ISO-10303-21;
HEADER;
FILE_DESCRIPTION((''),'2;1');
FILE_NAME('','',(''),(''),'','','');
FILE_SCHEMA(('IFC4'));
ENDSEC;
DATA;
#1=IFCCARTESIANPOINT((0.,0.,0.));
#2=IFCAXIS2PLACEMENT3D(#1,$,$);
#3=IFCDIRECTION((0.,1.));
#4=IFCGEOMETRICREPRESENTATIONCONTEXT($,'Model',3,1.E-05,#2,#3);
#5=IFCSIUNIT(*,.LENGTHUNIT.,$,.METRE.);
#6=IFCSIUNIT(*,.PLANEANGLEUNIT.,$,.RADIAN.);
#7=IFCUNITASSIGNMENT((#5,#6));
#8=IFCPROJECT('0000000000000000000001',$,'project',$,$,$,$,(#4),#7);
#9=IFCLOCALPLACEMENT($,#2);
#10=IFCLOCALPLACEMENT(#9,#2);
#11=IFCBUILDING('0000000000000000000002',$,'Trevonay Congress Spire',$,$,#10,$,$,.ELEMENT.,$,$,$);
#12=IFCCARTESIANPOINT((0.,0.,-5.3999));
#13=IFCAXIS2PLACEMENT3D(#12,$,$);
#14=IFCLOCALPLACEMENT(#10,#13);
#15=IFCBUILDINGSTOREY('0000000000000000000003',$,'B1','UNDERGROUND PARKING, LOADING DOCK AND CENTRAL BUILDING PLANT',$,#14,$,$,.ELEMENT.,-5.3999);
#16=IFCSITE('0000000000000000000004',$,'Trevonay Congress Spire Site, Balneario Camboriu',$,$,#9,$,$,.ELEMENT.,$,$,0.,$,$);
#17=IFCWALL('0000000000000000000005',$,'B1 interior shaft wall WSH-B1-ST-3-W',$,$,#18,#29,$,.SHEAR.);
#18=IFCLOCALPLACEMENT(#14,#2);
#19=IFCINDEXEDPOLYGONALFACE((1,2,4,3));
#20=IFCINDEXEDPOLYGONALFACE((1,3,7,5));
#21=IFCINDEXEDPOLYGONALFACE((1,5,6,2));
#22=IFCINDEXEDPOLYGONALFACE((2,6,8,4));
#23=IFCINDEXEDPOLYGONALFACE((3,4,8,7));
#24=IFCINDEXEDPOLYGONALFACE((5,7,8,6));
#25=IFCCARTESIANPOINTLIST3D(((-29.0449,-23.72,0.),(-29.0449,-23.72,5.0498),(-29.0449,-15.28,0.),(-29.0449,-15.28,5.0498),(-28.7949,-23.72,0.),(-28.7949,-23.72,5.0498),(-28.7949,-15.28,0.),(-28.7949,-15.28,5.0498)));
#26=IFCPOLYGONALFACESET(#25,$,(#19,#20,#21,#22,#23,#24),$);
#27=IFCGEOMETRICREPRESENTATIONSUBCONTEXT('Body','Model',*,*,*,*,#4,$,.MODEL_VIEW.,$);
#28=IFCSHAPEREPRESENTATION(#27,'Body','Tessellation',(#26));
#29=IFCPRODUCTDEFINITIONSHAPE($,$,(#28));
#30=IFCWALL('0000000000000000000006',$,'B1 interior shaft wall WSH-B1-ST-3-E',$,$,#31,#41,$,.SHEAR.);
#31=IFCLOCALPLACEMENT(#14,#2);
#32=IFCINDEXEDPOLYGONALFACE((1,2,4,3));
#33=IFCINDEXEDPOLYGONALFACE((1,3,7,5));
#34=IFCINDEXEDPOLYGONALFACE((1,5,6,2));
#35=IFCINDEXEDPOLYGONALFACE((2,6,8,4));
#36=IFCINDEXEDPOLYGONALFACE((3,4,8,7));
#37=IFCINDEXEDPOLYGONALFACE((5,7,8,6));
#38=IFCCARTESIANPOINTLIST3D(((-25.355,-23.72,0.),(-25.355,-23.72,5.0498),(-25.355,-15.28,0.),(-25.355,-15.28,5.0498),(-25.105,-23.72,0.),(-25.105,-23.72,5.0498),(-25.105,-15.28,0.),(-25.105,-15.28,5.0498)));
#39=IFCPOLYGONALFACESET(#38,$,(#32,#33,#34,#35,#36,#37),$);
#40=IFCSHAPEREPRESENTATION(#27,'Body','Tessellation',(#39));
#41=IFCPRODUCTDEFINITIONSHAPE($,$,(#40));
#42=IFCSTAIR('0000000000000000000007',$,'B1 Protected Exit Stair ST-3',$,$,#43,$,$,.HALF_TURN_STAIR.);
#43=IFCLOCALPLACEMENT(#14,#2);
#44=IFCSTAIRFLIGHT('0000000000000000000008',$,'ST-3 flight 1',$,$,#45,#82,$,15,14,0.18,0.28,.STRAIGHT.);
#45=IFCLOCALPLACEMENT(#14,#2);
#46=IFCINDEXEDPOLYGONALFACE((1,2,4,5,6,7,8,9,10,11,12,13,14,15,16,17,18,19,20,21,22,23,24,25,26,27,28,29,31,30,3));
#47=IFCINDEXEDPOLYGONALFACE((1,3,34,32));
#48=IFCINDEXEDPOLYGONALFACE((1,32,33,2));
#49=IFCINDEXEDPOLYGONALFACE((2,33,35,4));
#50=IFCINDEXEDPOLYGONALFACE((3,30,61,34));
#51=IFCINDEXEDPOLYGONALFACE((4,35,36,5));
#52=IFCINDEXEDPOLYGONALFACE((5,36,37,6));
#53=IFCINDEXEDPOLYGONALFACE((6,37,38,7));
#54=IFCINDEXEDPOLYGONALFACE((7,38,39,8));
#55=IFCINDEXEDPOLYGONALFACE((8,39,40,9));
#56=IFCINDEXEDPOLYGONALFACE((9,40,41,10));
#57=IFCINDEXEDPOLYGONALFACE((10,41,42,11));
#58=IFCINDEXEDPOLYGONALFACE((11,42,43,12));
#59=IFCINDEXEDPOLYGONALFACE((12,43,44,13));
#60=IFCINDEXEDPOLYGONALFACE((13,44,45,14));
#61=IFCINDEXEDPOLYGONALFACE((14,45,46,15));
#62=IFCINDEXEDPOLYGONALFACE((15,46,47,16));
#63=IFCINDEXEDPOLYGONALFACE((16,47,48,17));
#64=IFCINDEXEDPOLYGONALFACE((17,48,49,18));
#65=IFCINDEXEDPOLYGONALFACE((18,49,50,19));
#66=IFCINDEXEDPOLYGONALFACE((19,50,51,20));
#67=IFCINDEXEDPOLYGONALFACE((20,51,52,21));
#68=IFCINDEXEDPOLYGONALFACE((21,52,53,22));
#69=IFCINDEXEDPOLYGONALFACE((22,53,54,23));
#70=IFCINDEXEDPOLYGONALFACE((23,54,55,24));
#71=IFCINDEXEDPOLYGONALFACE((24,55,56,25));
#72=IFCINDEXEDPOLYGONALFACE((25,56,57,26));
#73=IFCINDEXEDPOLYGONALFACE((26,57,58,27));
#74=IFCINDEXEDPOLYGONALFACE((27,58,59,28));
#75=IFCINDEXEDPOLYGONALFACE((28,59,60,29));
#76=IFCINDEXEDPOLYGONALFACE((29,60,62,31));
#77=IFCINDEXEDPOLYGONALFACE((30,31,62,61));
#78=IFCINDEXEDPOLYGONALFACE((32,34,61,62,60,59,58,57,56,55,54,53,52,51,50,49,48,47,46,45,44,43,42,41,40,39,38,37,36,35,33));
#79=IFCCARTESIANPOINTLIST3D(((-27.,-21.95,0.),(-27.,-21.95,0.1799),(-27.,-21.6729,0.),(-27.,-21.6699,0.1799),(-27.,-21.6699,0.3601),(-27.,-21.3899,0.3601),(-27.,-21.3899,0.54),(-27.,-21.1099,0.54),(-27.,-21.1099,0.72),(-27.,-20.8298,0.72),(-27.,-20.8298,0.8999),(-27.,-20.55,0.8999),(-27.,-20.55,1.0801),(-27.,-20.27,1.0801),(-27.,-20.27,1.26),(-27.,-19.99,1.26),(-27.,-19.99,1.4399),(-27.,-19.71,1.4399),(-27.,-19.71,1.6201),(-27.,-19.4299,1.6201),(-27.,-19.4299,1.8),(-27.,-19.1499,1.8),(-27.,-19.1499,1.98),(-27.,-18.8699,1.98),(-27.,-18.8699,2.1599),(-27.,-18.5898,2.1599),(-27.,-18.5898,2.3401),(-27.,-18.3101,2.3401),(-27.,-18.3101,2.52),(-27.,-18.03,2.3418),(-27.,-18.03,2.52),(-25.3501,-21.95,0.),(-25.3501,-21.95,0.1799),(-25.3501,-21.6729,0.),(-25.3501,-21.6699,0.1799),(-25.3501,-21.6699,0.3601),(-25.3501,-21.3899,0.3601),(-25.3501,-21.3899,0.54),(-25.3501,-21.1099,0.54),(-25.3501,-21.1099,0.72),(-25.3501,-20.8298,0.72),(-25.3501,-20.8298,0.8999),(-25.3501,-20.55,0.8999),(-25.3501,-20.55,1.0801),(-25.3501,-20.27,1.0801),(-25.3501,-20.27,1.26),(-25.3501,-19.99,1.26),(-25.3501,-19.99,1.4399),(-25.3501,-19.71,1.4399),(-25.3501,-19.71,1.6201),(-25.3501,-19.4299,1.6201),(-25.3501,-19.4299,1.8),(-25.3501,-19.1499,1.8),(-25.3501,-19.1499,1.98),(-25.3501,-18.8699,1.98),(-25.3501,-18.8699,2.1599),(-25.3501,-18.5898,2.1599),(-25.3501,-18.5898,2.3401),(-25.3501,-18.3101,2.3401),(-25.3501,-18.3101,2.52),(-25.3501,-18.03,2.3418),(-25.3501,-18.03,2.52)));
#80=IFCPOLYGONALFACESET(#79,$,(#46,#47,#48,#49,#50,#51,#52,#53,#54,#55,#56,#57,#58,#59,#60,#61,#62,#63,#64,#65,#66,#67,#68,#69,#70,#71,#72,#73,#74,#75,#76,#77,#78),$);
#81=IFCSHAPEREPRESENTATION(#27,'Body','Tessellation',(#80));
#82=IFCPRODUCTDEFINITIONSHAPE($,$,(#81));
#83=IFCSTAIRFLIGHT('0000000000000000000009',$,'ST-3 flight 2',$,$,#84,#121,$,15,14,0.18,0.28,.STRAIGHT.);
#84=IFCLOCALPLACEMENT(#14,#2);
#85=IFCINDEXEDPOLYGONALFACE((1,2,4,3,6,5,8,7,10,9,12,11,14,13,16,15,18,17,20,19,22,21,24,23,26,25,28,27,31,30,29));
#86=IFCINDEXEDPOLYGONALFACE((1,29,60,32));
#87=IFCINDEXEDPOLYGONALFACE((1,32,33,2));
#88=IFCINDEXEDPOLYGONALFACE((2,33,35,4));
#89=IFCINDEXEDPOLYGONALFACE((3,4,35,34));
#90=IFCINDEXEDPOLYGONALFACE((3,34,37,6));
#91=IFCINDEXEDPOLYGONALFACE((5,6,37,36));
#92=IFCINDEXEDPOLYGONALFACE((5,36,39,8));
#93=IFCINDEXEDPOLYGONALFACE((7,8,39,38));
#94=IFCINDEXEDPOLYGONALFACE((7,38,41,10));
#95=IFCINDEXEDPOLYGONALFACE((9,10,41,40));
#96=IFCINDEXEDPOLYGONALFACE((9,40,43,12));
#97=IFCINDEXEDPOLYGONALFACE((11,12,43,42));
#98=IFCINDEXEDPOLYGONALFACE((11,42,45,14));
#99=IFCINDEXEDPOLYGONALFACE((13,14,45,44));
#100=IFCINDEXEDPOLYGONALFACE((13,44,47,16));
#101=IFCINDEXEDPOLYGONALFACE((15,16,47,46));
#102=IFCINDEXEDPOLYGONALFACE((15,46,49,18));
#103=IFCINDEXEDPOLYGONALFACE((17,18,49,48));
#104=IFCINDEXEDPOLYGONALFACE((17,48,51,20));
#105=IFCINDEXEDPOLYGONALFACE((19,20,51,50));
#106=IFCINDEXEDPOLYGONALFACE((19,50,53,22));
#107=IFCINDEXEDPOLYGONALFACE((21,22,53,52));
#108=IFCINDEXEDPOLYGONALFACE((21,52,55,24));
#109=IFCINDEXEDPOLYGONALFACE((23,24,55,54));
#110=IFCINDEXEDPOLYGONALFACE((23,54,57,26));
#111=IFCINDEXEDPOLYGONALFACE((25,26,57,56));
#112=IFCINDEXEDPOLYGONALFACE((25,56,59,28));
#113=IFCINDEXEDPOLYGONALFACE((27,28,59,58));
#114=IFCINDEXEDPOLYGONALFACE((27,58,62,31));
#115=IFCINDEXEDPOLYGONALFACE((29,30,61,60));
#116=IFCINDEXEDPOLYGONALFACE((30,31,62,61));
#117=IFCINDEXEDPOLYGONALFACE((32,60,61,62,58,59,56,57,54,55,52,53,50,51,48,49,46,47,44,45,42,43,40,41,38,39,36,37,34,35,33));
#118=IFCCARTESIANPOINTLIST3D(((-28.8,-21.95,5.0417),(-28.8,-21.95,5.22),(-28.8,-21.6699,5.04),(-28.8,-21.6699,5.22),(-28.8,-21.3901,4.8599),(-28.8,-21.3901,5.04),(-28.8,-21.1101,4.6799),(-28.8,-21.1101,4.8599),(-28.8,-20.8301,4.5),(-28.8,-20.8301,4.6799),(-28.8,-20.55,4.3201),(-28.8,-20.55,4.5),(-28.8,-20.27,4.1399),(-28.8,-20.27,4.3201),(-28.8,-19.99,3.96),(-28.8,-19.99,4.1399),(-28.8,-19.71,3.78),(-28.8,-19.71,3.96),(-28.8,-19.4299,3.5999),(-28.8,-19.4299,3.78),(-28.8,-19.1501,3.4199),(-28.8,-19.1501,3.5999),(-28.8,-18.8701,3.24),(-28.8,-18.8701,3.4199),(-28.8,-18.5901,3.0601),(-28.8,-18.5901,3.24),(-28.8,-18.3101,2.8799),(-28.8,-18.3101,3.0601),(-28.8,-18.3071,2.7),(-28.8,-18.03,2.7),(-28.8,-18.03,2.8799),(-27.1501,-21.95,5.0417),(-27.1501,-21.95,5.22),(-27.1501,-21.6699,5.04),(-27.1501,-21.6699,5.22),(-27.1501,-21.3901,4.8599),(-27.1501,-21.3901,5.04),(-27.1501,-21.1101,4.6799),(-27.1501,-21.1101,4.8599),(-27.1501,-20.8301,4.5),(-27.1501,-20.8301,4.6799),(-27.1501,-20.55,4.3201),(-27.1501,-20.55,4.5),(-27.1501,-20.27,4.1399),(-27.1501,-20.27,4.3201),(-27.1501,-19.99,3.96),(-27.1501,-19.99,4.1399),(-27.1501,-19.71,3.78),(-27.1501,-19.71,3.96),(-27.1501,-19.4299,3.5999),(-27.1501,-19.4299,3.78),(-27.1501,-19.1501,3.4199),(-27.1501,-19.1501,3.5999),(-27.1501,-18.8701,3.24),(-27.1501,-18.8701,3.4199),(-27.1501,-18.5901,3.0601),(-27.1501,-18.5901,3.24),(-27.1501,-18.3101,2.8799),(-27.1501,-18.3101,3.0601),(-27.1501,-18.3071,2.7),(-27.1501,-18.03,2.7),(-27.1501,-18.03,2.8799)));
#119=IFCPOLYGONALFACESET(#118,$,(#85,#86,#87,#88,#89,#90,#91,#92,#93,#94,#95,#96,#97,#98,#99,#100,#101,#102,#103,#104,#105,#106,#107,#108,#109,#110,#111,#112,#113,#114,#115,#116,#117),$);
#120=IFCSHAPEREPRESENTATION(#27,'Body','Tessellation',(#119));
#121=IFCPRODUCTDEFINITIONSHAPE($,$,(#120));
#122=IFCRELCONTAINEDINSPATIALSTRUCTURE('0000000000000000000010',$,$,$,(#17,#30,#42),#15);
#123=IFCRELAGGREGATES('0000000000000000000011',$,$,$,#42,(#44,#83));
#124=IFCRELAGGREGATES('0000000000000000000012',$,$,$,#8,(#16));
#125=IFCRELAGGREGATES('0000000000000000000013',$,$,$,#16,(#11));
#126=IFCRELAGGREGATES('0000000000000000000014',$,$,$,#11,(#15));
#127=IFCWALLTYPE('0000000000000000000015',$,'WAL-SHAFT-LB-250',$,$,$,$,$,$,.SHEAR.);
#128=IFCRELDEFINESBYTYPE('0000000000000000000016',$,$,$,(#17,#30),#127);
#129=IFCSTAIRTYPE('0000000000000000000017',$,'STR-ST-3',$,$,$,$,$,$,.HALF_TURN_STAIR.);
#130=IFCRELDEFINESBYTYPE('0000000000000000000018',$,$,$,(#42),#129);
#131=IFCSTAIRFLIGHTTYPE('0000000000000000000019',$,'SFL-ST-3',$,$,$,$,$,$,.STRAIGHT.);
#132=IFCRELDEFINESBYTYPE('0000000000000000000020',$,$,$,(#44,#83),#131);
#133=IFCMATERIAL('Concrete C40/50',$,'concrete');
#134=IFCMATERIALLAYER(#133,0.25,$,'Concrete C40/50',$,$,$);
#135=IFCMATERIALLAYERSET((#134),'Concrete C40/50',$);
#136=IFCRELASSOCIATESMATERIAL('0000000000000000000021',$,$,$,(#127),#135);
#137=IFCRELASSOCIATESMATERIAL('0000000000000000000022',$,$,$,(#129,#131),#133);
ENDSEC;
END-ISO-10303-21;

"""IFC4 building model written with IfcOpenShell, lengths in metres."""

from ifc_helpers import new_model, si_unit, direction, frame, frame_2d, origin, place, context, subcontext, project, spatial, polyline, rectangle, outline, extrude, material, layer, layer_set, type_object, element, aggregate, save


model = new_model("IFC4")

# Units and contexts
model_context = context("Model", 3, precision=1e-05, world=origin(), true_north=direction((0.0, 1.0)))
body_context = subcontext(model_context, "Body", "Model", "MODEL_VIEW")
ifc_project = project(units=[si_unit("LENGTHUNIT", "METRE"), si_unit("PLANEANGLEUNIT", "RADIAN")], contexts=[model_context])

# Site, building, storey
site_placement = place(None, origin())
site = spatial("IfcSite", under=ifc_project, at=site_placement, Name="Trevonay Congress Spire Site, Balneario Camboriu", CompositionType="ELEMENT", RefElevation=0.0)
building_placement = place(site_placement, origin())
building = spatial("IfcBuilding", under=site, at=building_placement, Name="Trevonay Congress Spire", CompositionType="ELEMENT")
storey_placement = place(building_placement, frame((0.0, 0.0, -5.3999)))
storey = spatial("IfcBuildingStorey", under=building, at=storey_placement, Name="B1", Description="UNDERGROUND PARKING, LOADING DOCK AND CENTRAL BUILDING PLANT", CompositionType="ELEMENT", Elevation=-5.3999)

# Shared definitions
ifc_material_1 = material(Name="Concrete C40/50", Category="concrete")
ifc_layer_1 = layer(ifc_material_1, 0.25, Name="Concrete C40/50")
ifc_layer_set_1 = layer_set([ifc_layer_1], Name="Concrete C40/50")
wall_type_1 = type_object("IfcWallType", Name="WAL-SHAFT-LB-250", PredefinedType="SHEAR", material=ifc_layer_set_1)

# Walls
for number, where, z_axis, x_axis, name in (
    (1, (-28.9199, -23.72, 0.0), (0.0, 0.0, 1.0), (0.0, 1.0, 0.0), "B1 interior shaft wall WSH-B1-ST-3-W"),
    (2, (-25.23, -23.72, 0.0), (0.0, 0.0, 1.0), (0.0, 1.0, 0.0), "B1 interior shaft wall WSH-B1-ST-3-E"),
):
    element("IfcWall", number, at=place(storey_placement, frame(where, z_axis=z_axis, x_axis=x_axis)), inside=storey, type_object=wall_type_1, Name=name, PredefinedType="SHEAR", context=body_context, shape_type="SweptSolid", body=[
        extrude(rectangle(XDim=8.4399, YDim=0.25, at=frame_2d((4.22, 0.0))), origin(), (0.0, 0.0, 1.0), 5.0498),
    ])

# Stair, stair flights
stair_type = type_object("IfcStairType", Name="STR-ST-3", PredefinedType="HALF_TURN_STAIR", material=ifc_material_1)
stair_placement = place(storey_placement, origin())
stair = element("IfcStair", 3, at=stair_placement, inside=storey, type_object=stair_type, Name="B1 Protected Exit Stair ST-3", PredefinedType="HALF_TURN_STAIR")
stair_flight_type = type_object("IfcStairFlightType", Name="SFL-ST-3", PredefinedType="STRAIGHT", material=ifc_material_1)
stair_flight_1_placement = place(storey_placement, frame((-26.175, -21.95, 0.0), z_axis=(0.0, 0.0, 1.0), x_axis=(0.0, 1.0, 0.0)))
stair_flight_1 = element("IfcStairFlight", 4, at=stair_flight_1_placement, type_object=stair_flight_type, Name="ST-3 flight 1", NumberOfRisers=15, NumberOfTreads=14, PredefinedType="STRAIGHT", RiserHeight=0.18, TreadLength=0.28, context=body_context, shape_type="SweptSolid", body=[
    extrude(outline(polyline([(0.0, 0.0), (0.0, 0.1799), (0.28, 0.1799), (0.28, 0.3601), (0.5601, 0.3601), (0.5601, 0.54), (0.8401, 0.54), (0.8401, 0.72), (1.1201, 0.72), (1.1201, 0.8999), (1.3999, 0.8999), (1.3999, 1.0801), (1.6799, 1.0801), (1.6799, 1.26), (1.96, 1.26), (1.96, 1.4399), (2.24, 1.4399), (2.24, 1.6201), (2.52, 1.6201), (2.52, 1.8), (2.8, 1.8), (2.8, 1.98), (3.0801, 1.98), (3.0801, 2.1599), (3.3601, 2.1599), (3.3601, 2.3401), (3.6399, 2.3401), (3.6399, 2.52), (3.9199, 2.52), (3.9199, 2.7), (3.9199, 2.3418), (0.2771, 0.0), (0.0, 0.0)])), frame((0.0, 0.825, 0.0), z_axis=(0.0, -1.0, 0.0), x_axis=(1.0, 0.0, 0.0)), (0.0, 0.0, 1.0), 1.6499),
])
stair_flight_2_placement = place(storey_placement, frame((-27.9751, -18.03, 2.7), z_axis=(0.0, 0.0, 1.0), x_axis=(0.0, -1.0, 0.0)))
stair_flight_2 = element("IfcStairFlight", 5, at=stair_flight_2_placement, type_object=stair_flight_type, Name="ST-3 flight 2", NumberOfRisers=15, NumberOfTreads=14, PredefinedType="STRAIGHT", RiserHeight=0.18, TreadLength=0.28, context=body_context, shape_type="SweptSolid", body=[
    extrude(outline(polyline([(0.0, 0.0), (0.0, 0.1799), (0.28, 0.1799), (0.28, 0.3601), (0.5601, 0.3601), (0.5601, 0.54), (0.8401, 0.54), (0.8401, 0.72), (1.1201, 0.72), (1.1201, 0.8999), (1.3999, 0.8999), (1.3999, 1.0801), (1.6799, 1.0801), (1.6799, 1.26), (1.96, 1.26), (1.96, 1.4399), (2.24, 1.4399), (2.24, 1.6201), (2.52, 1.6201), (2.52, 1.8), (2.8, 1.8), (2.8, 1.98), (3.0801, 1.98), (3.0801, 2.1599), (3.3601, 2.1599), (3.3601, 2.3401), (3.6399, 2.3401), (3.6399, 2.52), (3.9199, 2.52), (3.9199, 2.7), (3.9199, 2.3418), (0.2771, 0.0), (0.0, 0.0)])), frame((0.0, 0.825, 0.0), z_axis=(0.0, -1.0, 0.0), x_axis=(1.0, 0.0, 0.0)), (0.0, 0.0, 1.0), 1.6499),
])
aggregate(stair, [stair_flight_1, stair_flight_2])

save(model, "model.ifc")
